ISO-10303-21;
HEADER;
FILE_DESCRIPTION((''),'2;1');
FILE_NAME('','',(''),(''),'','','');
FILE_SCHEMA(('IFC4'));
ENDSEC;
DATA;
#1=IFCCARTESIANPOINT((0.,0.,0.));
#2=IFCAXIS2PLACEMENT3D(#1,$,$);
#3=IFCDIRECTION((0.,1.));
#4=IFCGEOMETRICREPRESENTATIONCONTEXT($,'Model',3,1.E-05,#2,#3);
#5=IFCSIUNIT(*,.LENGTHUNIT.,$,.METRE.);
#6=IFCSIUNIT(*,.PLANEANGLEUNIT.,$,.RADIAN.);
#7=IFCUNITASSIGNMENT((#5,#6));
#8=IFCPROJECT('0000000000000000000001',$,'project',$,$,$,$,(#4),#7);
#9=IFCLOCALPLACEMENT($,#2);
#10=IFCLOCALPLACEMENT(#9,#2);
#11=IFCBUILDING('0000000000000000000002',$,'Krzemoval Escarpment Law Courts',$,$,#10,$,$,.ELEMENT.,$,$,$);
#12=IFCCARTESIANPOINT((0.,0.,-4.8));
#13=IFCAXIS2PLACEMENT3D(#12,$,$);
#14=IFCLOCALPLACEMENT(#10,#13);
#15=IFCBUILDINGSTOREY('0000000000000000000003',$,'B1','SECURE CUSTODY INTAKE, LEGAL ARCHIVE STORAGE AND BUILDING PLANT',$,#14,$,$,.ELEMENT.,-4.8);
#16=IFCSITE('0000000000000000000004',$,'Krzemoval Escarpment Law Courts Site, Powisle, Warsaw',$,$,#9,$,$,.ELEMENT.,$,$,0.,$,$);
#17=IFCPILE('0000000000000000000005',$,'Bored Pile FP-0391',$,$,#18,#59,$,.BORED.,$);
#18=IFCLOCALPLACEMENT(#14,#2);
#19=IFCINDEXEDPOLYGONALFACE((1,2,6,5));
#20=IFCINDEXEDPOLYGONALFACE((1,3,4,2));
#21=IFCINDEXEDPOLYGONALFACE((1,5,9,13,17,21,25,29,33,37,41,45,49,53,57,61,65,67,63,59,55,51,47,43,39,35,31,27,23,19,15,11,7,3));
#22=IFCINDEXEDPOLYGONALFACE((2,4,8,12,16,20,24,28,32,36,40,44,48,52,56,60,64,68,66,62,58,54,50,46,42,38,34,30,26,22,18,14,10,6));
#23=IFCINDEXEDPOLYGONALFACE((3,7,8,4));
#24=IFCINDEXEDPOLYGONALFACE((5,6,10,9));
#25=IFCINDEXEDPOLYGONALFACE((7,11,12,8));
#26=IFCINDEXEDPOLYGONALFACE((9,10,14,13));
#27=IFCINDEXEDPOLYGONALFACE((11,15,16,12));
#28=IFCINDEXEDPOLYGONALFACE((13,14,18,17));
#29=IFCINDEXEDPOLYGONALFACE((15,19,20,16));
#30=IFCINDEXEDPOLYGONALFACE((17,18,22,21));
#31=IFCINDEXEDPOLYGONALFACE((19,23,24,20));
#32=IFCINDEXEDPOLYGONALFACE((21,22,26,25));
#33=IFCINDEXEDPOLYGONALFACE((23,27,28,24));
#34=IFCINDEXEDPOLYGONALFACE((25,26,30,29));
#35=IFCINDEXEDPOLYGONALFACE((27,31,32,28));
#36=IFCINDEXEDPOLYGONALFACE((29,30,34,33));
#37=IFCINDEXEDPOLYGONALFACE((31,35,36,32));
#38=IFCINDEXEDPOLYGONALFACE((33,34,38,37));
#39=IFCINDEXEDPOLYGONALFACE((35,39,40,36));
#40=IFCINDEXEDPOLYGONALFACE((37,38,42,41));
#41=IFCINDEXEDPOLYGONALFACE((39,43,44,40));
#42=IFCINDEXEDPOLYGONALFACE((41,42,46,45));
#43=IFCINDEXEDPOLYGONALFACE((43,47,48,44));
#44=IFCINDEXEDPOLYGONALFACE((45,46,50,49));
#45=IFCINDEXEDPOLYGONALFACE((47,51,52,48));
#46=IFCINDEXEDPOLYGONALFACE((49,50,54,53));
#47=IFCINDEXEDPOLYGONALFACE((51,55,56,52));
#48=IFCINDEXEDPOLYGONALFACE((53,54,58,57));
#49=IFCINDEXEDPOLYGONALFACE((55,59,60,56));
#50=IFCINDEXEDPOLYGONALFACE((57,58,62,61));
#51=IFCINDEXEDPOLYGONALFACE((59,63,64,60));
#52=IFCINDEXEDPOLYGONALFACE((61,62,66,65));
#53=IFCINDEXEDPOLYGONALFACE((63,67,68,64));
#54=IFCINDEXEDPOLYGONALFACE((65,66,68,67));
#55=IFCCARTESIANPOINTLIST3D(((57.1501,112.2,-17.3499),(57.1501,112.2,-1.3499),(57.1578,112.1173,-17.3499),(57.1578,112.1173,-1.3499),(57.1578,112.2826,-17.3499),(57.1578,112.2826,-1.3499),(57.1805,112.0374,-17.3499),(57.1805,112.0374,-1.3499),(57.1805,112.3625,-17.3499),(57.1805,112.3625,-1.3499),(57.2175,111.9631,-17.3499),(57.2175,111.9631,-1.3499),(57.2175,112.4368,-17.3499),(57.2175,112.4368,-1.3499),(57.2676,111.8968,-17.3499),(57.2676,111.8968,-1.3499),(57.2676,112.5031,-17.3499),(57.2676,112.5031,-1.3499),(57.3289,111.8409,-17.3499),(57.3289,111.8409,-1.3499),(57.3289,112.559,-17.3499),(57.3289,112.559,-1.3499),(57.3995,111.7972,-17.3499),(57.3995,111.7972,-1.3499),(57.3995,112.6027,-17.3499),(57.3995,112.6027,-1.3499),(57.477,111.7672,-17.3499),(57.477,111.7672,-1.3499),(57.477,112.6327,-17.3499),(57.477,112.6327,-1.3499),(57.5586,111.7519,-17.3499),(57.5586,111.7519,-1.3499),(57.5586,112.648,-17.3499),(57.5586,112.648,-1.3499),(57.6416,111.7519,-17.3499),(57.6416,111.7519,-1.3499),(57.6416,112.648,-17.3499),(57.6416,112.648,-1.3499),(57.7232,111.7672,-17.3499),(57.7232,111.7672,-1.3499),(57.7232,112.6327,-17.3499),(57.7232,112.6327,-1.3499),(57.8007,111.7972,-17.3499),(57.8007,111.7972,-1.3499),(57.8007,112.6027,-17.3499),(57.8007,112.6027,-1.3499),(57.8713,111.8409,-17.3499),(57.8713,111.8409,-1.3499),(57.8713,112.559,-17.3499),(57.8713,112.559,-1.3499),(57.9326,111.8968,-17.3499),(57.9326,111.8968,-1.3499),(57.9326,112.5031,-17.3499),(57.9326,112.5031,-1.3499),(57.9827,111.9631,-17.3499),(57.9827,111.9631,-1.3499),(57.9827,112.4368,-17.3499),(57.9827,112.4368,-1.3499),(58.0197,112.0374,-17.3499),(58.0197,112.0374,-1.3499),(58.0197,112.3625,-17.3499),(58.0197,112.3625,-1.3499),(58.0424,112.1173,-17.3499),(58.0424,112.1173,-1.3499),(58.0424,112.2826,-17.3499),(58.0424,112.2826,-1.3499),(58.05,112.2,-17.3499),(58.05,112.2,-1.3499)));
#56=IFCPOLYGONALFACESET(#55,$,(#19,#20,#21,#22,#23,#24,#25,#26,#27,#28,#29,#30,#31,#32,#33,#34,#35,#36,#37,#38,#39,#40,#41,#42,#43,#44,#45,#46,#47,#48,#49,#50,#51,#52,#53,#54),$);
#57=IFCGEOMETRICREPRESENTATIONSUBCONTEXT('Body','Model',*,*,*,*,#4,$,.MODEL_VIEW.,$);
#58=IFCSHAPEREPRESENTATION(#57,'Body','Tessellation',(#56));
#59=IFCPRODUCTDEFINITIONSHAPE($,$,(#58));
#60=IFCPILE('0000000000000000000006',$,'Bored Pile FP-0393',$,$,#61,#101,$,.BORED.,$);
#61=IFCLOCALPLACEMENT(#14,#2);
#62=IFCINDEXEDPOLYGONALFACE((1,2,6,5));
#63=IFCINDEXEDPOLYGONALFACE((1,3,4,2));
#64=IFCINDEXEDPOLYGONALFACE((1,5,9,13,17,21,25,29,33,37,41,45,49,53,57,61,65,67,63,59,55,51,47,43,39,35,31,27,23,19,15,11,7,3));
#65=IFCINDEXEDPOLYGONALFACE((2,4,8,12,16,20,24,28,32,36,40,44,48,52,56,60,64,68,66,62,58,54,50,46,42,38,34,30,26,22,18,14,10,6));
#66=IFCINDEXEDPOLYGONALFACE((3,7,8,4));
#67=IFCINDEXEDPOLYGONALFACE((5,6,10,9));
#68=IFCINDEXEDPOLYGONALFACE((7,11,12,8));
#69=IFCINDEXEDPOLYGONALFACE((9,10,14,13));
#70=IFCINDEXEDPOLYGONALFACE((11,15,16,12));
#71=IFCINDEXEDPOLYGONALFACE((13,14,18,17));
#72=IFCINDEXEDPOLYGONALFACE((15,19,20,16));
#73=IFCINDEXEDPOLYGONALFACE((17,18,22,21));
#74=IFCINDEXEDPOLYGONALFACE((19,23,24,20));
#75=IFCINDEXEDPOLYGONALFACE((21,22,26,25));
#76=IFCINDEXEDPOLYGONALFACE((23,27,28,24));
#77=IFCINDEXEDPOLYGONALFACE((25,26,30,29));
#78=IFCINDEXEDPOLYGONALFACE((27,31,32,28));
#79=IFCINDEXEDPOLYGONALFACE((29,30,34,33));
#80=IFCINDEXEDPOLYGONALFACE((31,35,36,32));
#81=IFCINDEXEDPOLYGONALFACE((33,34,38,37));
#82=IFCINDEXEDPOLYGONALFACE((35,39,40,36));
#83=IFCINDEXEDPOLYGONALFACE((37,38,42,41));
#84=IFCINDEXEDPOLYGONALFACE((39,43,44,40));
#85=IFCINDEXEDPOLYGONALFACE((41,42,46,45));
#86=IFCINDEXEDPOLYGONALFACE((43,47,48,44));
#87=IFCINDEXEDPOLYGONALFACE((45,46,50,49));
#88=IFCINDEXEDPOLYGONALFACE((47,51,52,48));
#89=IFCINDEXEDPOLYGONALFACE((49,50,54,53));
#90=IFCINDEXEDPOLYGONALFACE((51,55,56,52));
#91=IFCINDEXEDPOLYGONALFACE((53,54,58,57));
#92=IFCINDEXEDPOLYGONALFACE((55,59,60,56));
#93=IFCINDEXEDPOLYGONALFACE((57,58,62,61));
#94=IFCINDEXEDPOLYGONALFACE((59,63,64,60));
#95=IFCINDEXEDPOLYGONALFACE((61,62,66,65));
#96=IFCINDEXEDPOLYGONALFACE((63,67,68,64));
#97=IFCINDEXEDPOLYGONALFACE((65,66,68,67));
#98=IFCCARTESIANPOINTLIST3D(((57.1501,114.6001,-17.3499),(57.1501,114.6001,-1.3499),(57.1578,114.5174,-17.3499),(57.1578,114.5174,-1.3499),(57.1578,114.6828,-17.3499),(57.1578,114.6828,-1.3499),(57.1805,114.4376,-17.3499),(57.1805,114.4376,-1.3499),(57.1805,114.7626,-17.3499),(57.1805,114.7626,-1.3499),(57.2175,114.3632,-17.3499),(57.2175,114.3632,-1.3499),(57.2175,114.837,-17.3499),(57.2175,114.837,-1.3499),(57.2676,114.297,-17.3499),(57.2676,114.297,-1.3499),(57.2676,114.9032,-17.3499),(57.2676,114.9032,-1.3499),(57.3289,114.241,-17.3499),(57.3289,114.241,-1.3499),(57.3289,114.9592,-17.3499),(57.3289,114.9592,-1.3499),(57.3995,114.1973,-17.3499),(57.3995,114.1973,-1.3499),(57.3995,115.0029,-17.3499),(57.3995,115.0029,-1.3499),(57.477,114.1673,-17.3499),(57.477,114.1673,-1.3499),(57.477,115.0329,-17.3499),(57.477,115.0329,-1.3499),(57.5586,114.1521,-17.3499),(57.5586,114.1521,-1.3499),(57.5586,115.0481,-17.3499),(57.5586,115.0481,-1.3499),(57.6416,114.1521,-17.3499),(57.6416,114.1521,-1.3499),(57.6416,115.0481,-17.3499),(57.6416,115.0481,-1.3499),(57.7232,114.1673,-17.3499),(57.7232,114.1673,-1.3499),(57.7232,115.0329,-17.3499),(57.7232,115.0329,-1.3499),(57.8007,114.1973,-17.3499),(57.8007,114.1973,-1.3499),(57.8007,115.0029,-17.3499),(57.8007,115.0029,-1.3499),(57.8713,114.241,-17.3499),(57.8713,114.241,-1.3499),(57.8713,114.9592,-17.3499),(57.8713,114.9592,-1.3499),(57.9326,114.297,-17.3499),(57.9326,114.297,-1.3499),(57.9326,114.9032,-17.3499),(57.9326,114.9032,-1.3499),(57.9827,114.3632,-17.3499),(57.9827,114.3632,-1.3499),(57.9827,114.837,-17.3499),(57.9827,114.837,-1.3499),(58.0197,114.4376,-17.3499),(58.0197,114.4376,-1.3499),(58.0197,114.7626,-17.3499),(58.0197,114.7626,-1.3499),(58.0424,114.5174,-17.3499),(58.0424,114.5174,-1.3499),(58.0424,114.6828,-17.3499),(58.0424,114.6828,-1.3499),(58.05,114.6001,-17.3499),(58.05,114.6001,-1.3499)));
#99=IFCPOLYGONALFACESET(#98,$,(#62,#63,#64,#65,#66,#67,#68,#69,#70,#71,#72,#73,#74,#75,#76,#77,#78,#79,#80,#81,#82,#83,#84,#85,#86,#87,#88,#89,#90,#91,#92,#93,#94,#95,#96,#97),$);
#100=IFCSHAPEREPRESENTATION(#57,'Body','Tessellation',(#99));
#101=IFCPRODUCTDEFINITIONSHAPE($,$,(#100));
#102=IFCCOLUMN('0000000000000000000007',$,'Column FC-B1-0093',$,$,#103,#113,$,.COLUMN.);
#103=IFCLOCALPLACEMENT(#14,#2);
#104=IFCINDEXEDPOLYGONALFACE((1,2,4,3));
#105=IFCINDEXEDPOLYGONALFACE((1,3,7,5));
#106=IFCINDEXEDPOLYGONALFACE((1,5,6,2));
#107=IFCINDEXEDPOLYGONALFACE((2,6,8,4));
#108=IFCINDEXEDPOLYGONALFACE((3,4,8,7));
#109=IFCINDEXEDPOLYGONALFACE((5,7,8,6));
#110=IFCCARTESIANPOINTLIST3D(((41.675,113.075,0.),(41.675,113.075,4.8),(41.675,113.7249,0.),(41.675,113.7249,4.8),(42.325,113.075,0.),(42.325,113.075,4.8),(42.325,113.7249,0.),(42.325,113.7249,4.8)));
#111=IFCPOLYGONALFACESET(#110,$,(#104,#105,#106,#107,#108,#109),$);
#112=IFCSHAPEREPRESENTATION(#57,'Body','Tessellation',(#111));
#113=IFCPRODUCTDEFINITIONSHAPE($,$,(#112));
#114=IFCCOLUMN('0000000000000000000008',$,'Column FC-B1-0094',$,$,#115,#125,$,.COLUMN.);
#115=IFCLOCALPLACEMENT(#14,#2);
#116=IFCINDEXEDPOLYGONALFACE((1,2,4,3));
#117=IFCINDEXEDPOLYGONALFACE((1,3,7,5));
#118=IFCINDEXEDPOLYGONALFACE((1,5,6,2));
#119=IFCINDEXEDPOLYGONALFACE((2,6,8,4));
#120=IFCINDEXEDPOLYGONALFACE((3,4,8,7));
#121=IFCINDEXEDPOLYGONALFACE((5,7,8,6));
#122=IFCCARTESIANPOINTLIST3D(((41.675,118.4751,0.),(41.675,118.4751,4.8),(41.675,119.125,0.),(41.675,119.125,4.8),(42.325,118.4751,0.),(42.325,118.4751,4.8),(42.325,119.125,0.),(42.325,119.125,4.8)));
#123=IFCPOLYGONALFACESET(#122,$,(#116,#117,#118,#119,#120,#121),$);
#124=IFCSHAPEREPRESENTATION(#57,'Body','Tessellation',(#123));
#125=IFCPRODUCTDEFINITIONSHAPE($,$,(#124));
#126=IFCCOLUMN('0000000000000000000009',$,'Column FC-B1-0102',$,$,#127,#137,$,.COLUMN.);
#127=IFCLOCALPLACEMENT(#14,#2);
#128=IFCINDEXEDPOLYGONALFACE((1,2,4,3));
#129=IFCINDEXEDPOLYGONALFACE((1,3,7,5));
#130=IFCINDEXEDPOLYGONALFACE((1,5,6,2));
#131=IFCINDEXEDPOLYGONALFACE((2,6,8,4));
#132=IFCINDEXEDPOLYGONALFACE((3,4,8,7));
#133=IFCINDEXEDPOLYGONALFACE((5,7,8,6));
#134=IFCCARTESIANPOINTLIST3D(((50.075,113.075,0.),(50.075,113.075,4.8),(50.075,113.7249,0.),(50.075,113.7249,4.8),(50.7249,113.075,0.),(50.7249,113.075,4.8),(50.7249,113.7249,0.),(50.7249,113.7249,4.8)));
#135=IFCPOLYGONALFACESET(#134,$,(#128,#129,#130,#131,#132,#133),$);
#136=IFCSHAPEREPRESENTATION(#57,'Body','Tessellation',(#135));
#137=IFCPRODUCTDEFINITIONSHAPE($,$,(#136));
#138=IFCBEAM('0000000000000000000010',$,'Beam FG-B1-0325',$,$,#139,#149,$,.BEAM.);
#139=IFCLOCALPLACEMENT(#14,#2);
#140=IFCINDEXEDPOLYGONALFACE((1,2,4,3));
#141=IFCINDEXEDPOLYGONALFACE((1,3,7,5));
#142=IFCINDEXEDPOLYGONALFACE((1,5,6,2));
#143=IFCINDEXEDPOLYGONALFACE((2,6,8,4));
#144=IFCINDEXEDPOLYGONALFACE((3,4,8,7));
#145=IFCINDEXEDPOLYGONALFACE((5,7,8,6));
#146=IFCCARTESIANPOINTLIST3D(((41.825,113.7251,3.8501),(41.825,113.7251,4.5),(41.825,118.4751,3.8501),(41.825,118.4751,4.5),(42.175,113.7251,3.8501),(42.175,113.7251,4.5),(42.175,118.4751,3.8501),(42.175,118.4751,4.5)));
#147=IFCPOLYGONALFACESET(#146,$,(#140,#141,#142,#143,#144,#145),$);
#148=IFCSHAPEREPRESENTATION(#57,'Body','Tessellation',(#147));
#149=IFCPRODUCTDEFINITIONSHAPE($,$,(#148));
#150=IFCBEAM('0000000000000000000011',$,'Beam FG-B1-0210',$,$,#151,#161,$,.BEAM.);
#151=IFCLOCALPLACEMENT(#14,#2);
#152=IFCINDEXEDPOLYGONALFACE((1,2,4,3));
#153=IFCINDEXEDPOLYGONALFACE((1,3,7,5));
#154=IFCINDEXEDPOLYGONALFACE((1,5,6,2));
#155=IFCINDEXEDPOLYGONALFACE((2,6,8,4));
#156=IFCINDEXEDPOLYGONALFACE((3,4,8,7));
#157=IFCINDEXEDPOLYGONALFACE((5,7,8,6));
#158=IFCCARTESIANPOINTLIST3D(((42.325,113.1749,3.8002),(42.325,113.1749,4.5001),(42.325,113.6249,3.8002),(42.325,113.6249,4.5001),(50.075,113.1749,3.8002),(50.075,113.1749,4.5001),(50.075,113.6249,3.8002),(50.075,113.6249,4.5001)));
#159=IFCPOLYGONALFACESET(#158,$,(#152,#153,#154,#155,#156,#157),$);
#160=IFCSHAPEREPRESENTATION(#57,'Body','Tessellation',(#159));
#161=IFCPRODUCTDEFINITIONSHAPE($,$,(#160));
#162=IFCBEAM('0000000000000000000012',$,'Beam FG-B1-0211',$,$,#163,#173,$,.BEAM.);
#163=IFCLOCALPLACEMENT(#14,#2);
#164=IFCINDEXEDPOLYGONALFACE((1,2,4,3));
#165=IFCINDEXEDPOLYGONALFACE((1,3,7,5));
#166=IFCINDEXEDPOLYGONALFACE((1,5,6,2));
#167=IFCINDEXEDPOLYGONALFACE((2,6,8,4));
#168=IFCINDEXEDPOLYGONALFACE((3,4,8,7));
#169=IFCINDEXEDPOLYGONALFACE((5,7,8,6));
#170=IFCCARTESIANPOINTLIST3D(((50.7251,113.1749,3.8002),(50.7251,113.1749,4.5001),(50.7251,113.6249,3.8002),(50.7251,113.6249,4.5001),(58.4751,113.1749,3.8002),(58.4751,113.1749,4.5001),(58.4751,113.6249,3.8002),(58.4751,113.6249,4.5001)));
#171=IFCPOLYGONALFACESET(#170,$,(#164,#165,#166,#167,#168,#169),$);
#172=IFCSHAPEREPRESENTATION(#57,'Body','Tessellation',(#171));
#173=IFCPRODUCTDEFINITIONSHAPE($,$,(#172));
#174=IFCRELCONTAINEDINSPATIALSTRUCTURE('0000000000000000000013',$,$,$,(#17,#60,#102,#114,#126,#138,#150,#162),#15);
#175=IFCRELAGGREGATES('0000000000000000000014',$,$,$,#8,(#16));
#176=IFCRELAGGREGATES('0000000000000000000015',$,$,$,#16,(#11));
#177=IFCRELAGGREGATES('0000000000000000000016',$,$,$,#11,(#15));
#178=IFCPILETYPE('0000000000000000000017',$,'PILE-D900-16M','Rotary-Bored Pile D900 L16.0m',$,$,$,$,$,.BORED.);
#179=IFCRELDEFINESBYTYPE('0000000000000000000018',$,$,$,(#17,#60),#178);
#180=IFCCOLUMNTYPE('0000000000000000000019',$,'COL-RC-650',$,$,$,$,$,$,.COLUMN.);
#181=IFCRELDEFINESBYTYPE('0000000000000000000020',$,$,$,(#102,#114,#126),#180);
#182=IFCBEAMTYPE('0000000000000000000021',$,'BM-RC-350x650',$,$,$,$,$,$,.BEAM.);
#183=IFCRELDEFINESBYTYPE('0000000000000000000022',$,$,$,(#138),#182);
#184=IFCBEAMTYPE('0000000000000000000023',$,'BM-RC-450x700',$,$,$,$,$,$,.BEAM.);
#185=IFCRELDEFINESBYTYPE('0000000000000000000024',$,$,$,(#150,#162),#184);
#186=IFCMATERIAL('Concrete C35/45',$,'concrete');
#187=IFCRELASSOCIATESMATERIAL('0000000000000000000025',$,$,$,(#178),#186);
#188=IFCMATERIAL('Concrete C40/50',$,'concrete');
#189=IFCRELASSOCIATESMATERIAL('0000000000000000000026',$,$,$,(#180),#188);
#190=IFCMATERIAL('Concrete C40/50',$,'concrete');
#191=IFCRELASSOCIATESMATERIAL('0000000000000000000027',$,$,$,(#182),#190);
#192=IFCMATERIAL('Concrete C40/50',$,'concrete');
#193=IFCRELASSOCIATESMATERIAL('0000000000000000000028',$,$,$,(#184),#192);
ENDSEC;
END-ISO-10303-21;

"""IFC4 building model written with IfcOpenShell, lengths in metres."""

from ifc_helpers import new_model, si_unit, direction, frame, origin, origin_2d, place, context, subcontext, project, spatial, rectangle, circle, extrude, material, material_profile, profile_set, type_object, element, save


model = new_model("IFC4")

# Units and contexts
model_context = context("Model", 3, precision=1e-05, world=origin(), true_north=direction((0.0, 1.0)))
body_context = subcontext(model_context, "Body", "Model", "MODEL_VIEW")
ifc_project = project(units=[si_unit("LENGTHUNIT", "METRE"), si_unit("PLANEANGLEUNIT", "RADIAN")], contexts=[model_context])

# Site, building, storey
site_placement = place(None, origin())
site = spatial("IfcSite", under=ifc_project, at=site_placement, Name="Krzemoval Escarpment Law Courts Site, Powisle, Warsaw", CompositionType="ELEMENT", RefElevation=0.0)
building_placement = place(site_placement, origin())
building = spatial("IfcBuilding", under=site, at=building_placement, Name="Krzemoval Escarpment Law Courts", CompositionType="ELEMENT")
storey_placement = place(building_placement, frame((0.0, 0.0, -4.8)))
storey = spatial("IfcBuildingStorey", under=building, at=storey_placement, Name="B1", Description="SECURE CUSTODY INTAKE, LEGAL ARCHIVE STORAGE AND BUILDING PLANT", CompositionType="ELEMENT", Elevation=-4.8)

# Piles
ifc_material_1 = material(Name="Concrete C35/45", Category="concrete")
ifc_material_profile_1 = material_profile(ifc_material_1, circle(Radius=0.45, at=origin_2d()), Name="PILE D900")
ifc_profile_set_1 = profile_set([ifc_material_profile_1], Name="Concrete C35/45")
pile_type = type_object("IfcPileType", Name="PILE-D900-16M", Description="Rotary-Bored Pile D900 L16.0m", PredefinedType="BORED", material=ifc_profile_set_1)
for number, where, z_axis, x_axis, name in (
    (1, (57.6001, 112.2, -1.3499), (0.0, 0.0, -1.0), (1.0, 0.0, 0.0), "Bored Pile FP-0391"),
    (2, (57.6001, 114.6001, -1.3499), (0.0, 0.0, -1.0), (1.0, 0.0, 0.0), "Bored Pile FP-0393"),
):
    element("IfcPile", number, at=place(storey_placement, frame(where, z_axis=z_axis, x_axis=x_axis)), inside=storey, type_object=pile_type, Name=name, PredefinedType="BORED", context=body_context, shape_type="SweptSolid", body=[
        extrude(circle(Radius=0.45, at=origin_2d()), origin(), (0.0, 0.0, 1.0), 16.0),
    ])

# Columns
ifc_material_2 = material(Name="Concrete C40/50", Category="concrete")
ifc_material_profile_2 = material_profile(ifc_material_2, rectangle(XDim=0.6499, YDim=0.6499, at=origin_2d()), Name="RC 650x650")
ifc_profile_set_2 = profile_set([ifc_material_profile_2], Name="Concrete C40/50")
column_type = type_object("IfcColumnType", Name="COL-RC-650", PredefinedType="COLUMN", material=ifc_profile_set_2)
for number, where, z_axis, x_axis, name in (
    (3, (42.0, 113.3999, 0.0), (0.0, 0.0, 1.0), (1.0, 0.0, 0.0), "Column FC-B1-0093"),
    (4, (42.0, 118.8, 0.0), (0.0, 0.0, 1.0), (1.0, 0.0, 0.0), "Column FC-B1-0094"),
    (5, (50.3999, 113.3999, 0.0), (0.0, 0.0, 1.0), (1.0, 0.0, 0.0), "Column FC-B1-0102"),
):
    element("IfcColumn", number, at=place(storey_placement, frame(where, z_axis=z_axis, x_axis=x_axis)), inside=storey, type_object=column_type, Name=name, PredefinedType="COLUMN", context=body_context, shape_type="SweptSolid", body=[
        extrude(rectangle(XDim=0.6499, YDim=0.6499, at=origin_2d()), origin(), (0.0, 0.0, 1.0), 4.8),
    ])

# Beams
ifc_material_3 = material(Name="Concrete C40/50", Category="concrete")
ifc_material_profile_3 = material_profile(ifc_material_3, rectangle(XDim=0.3501, YDim=0.6499, at=origin_2d()), Name="RCB 350x650")
ifc_profile_set_3 = profile_set([ifc_material_profile_3], Name="Concrete C40/50")
beam_type_1 = type_object("IfcBeamType", Name="BM-RC-350x650", PredefinedType="BEAM", material=ifc_profile_set_3)
beam_placement = place(storey_placement, frame((42.0, 113.7251, 4.175), z_axis=(0.0, 1.0, 0.0), x_axis=(-1.0, 0.0, 0.0)))
element("IfcBeam", 6, at=beam_placement, inside=storey, type_object=beam_type_1, Name="Beam FG-B1-0325", PredefinedType="BEAM", context=body_context, shape_type="SweptSolid", body=[
    extrude(rectangle(XDim=0.3501, YDim=0.6499, at=origin_2d()), origin(), (0.0, 0.0, 1.0), 4.75),
])
ifc_material_4 = material(Name="Concrete C40/50", Category="concrete")
ifc_material_profile_4 = material_profile(ifc_material_4, rectangle(XDim=0.45, YDim=0.7, at=origin_2d()), Name="RCB 450x700")
ifc_profile_set_4 = profile_set([ifc_material_profile_4], Name="Concrete C40/50")
beam_type_2 = type_object("IfcBeamType", Name="BM-RC-450x700", PredefinedType="BEAM", material=ifc_profile_set_4)
for number, where, z_axis, x_axis, name in (
    (7, (42.325, 113.3999, 4.1501), (1.0, 0.0, 0.0), (0.0, 1.0, 0.0), "Beam FG-B1-0210"),
    (8, (50.7251, 113.3999, 4.1501), (1.0, 0.0, 0.0), (0.0, 1.0, 0.0), "Beam FG-B1-0211"),
):
    element("IfcBeam", number, at=place(storey_placement, frame(where, z_axis=z_axis, x_axis=x_axis)), inside=storey, type_object=beam_type_2, Name=name, PredefinedType="BEAM", context=body_context, shape_type="SweptSolid", body=[
        extrude(rectangle(XDim=0.45, YDim=0.7, at=origin_2d()), origin(), (0.0, 0.0, 1.0), 7.75),
    ])

save(model, "model.ifc")
